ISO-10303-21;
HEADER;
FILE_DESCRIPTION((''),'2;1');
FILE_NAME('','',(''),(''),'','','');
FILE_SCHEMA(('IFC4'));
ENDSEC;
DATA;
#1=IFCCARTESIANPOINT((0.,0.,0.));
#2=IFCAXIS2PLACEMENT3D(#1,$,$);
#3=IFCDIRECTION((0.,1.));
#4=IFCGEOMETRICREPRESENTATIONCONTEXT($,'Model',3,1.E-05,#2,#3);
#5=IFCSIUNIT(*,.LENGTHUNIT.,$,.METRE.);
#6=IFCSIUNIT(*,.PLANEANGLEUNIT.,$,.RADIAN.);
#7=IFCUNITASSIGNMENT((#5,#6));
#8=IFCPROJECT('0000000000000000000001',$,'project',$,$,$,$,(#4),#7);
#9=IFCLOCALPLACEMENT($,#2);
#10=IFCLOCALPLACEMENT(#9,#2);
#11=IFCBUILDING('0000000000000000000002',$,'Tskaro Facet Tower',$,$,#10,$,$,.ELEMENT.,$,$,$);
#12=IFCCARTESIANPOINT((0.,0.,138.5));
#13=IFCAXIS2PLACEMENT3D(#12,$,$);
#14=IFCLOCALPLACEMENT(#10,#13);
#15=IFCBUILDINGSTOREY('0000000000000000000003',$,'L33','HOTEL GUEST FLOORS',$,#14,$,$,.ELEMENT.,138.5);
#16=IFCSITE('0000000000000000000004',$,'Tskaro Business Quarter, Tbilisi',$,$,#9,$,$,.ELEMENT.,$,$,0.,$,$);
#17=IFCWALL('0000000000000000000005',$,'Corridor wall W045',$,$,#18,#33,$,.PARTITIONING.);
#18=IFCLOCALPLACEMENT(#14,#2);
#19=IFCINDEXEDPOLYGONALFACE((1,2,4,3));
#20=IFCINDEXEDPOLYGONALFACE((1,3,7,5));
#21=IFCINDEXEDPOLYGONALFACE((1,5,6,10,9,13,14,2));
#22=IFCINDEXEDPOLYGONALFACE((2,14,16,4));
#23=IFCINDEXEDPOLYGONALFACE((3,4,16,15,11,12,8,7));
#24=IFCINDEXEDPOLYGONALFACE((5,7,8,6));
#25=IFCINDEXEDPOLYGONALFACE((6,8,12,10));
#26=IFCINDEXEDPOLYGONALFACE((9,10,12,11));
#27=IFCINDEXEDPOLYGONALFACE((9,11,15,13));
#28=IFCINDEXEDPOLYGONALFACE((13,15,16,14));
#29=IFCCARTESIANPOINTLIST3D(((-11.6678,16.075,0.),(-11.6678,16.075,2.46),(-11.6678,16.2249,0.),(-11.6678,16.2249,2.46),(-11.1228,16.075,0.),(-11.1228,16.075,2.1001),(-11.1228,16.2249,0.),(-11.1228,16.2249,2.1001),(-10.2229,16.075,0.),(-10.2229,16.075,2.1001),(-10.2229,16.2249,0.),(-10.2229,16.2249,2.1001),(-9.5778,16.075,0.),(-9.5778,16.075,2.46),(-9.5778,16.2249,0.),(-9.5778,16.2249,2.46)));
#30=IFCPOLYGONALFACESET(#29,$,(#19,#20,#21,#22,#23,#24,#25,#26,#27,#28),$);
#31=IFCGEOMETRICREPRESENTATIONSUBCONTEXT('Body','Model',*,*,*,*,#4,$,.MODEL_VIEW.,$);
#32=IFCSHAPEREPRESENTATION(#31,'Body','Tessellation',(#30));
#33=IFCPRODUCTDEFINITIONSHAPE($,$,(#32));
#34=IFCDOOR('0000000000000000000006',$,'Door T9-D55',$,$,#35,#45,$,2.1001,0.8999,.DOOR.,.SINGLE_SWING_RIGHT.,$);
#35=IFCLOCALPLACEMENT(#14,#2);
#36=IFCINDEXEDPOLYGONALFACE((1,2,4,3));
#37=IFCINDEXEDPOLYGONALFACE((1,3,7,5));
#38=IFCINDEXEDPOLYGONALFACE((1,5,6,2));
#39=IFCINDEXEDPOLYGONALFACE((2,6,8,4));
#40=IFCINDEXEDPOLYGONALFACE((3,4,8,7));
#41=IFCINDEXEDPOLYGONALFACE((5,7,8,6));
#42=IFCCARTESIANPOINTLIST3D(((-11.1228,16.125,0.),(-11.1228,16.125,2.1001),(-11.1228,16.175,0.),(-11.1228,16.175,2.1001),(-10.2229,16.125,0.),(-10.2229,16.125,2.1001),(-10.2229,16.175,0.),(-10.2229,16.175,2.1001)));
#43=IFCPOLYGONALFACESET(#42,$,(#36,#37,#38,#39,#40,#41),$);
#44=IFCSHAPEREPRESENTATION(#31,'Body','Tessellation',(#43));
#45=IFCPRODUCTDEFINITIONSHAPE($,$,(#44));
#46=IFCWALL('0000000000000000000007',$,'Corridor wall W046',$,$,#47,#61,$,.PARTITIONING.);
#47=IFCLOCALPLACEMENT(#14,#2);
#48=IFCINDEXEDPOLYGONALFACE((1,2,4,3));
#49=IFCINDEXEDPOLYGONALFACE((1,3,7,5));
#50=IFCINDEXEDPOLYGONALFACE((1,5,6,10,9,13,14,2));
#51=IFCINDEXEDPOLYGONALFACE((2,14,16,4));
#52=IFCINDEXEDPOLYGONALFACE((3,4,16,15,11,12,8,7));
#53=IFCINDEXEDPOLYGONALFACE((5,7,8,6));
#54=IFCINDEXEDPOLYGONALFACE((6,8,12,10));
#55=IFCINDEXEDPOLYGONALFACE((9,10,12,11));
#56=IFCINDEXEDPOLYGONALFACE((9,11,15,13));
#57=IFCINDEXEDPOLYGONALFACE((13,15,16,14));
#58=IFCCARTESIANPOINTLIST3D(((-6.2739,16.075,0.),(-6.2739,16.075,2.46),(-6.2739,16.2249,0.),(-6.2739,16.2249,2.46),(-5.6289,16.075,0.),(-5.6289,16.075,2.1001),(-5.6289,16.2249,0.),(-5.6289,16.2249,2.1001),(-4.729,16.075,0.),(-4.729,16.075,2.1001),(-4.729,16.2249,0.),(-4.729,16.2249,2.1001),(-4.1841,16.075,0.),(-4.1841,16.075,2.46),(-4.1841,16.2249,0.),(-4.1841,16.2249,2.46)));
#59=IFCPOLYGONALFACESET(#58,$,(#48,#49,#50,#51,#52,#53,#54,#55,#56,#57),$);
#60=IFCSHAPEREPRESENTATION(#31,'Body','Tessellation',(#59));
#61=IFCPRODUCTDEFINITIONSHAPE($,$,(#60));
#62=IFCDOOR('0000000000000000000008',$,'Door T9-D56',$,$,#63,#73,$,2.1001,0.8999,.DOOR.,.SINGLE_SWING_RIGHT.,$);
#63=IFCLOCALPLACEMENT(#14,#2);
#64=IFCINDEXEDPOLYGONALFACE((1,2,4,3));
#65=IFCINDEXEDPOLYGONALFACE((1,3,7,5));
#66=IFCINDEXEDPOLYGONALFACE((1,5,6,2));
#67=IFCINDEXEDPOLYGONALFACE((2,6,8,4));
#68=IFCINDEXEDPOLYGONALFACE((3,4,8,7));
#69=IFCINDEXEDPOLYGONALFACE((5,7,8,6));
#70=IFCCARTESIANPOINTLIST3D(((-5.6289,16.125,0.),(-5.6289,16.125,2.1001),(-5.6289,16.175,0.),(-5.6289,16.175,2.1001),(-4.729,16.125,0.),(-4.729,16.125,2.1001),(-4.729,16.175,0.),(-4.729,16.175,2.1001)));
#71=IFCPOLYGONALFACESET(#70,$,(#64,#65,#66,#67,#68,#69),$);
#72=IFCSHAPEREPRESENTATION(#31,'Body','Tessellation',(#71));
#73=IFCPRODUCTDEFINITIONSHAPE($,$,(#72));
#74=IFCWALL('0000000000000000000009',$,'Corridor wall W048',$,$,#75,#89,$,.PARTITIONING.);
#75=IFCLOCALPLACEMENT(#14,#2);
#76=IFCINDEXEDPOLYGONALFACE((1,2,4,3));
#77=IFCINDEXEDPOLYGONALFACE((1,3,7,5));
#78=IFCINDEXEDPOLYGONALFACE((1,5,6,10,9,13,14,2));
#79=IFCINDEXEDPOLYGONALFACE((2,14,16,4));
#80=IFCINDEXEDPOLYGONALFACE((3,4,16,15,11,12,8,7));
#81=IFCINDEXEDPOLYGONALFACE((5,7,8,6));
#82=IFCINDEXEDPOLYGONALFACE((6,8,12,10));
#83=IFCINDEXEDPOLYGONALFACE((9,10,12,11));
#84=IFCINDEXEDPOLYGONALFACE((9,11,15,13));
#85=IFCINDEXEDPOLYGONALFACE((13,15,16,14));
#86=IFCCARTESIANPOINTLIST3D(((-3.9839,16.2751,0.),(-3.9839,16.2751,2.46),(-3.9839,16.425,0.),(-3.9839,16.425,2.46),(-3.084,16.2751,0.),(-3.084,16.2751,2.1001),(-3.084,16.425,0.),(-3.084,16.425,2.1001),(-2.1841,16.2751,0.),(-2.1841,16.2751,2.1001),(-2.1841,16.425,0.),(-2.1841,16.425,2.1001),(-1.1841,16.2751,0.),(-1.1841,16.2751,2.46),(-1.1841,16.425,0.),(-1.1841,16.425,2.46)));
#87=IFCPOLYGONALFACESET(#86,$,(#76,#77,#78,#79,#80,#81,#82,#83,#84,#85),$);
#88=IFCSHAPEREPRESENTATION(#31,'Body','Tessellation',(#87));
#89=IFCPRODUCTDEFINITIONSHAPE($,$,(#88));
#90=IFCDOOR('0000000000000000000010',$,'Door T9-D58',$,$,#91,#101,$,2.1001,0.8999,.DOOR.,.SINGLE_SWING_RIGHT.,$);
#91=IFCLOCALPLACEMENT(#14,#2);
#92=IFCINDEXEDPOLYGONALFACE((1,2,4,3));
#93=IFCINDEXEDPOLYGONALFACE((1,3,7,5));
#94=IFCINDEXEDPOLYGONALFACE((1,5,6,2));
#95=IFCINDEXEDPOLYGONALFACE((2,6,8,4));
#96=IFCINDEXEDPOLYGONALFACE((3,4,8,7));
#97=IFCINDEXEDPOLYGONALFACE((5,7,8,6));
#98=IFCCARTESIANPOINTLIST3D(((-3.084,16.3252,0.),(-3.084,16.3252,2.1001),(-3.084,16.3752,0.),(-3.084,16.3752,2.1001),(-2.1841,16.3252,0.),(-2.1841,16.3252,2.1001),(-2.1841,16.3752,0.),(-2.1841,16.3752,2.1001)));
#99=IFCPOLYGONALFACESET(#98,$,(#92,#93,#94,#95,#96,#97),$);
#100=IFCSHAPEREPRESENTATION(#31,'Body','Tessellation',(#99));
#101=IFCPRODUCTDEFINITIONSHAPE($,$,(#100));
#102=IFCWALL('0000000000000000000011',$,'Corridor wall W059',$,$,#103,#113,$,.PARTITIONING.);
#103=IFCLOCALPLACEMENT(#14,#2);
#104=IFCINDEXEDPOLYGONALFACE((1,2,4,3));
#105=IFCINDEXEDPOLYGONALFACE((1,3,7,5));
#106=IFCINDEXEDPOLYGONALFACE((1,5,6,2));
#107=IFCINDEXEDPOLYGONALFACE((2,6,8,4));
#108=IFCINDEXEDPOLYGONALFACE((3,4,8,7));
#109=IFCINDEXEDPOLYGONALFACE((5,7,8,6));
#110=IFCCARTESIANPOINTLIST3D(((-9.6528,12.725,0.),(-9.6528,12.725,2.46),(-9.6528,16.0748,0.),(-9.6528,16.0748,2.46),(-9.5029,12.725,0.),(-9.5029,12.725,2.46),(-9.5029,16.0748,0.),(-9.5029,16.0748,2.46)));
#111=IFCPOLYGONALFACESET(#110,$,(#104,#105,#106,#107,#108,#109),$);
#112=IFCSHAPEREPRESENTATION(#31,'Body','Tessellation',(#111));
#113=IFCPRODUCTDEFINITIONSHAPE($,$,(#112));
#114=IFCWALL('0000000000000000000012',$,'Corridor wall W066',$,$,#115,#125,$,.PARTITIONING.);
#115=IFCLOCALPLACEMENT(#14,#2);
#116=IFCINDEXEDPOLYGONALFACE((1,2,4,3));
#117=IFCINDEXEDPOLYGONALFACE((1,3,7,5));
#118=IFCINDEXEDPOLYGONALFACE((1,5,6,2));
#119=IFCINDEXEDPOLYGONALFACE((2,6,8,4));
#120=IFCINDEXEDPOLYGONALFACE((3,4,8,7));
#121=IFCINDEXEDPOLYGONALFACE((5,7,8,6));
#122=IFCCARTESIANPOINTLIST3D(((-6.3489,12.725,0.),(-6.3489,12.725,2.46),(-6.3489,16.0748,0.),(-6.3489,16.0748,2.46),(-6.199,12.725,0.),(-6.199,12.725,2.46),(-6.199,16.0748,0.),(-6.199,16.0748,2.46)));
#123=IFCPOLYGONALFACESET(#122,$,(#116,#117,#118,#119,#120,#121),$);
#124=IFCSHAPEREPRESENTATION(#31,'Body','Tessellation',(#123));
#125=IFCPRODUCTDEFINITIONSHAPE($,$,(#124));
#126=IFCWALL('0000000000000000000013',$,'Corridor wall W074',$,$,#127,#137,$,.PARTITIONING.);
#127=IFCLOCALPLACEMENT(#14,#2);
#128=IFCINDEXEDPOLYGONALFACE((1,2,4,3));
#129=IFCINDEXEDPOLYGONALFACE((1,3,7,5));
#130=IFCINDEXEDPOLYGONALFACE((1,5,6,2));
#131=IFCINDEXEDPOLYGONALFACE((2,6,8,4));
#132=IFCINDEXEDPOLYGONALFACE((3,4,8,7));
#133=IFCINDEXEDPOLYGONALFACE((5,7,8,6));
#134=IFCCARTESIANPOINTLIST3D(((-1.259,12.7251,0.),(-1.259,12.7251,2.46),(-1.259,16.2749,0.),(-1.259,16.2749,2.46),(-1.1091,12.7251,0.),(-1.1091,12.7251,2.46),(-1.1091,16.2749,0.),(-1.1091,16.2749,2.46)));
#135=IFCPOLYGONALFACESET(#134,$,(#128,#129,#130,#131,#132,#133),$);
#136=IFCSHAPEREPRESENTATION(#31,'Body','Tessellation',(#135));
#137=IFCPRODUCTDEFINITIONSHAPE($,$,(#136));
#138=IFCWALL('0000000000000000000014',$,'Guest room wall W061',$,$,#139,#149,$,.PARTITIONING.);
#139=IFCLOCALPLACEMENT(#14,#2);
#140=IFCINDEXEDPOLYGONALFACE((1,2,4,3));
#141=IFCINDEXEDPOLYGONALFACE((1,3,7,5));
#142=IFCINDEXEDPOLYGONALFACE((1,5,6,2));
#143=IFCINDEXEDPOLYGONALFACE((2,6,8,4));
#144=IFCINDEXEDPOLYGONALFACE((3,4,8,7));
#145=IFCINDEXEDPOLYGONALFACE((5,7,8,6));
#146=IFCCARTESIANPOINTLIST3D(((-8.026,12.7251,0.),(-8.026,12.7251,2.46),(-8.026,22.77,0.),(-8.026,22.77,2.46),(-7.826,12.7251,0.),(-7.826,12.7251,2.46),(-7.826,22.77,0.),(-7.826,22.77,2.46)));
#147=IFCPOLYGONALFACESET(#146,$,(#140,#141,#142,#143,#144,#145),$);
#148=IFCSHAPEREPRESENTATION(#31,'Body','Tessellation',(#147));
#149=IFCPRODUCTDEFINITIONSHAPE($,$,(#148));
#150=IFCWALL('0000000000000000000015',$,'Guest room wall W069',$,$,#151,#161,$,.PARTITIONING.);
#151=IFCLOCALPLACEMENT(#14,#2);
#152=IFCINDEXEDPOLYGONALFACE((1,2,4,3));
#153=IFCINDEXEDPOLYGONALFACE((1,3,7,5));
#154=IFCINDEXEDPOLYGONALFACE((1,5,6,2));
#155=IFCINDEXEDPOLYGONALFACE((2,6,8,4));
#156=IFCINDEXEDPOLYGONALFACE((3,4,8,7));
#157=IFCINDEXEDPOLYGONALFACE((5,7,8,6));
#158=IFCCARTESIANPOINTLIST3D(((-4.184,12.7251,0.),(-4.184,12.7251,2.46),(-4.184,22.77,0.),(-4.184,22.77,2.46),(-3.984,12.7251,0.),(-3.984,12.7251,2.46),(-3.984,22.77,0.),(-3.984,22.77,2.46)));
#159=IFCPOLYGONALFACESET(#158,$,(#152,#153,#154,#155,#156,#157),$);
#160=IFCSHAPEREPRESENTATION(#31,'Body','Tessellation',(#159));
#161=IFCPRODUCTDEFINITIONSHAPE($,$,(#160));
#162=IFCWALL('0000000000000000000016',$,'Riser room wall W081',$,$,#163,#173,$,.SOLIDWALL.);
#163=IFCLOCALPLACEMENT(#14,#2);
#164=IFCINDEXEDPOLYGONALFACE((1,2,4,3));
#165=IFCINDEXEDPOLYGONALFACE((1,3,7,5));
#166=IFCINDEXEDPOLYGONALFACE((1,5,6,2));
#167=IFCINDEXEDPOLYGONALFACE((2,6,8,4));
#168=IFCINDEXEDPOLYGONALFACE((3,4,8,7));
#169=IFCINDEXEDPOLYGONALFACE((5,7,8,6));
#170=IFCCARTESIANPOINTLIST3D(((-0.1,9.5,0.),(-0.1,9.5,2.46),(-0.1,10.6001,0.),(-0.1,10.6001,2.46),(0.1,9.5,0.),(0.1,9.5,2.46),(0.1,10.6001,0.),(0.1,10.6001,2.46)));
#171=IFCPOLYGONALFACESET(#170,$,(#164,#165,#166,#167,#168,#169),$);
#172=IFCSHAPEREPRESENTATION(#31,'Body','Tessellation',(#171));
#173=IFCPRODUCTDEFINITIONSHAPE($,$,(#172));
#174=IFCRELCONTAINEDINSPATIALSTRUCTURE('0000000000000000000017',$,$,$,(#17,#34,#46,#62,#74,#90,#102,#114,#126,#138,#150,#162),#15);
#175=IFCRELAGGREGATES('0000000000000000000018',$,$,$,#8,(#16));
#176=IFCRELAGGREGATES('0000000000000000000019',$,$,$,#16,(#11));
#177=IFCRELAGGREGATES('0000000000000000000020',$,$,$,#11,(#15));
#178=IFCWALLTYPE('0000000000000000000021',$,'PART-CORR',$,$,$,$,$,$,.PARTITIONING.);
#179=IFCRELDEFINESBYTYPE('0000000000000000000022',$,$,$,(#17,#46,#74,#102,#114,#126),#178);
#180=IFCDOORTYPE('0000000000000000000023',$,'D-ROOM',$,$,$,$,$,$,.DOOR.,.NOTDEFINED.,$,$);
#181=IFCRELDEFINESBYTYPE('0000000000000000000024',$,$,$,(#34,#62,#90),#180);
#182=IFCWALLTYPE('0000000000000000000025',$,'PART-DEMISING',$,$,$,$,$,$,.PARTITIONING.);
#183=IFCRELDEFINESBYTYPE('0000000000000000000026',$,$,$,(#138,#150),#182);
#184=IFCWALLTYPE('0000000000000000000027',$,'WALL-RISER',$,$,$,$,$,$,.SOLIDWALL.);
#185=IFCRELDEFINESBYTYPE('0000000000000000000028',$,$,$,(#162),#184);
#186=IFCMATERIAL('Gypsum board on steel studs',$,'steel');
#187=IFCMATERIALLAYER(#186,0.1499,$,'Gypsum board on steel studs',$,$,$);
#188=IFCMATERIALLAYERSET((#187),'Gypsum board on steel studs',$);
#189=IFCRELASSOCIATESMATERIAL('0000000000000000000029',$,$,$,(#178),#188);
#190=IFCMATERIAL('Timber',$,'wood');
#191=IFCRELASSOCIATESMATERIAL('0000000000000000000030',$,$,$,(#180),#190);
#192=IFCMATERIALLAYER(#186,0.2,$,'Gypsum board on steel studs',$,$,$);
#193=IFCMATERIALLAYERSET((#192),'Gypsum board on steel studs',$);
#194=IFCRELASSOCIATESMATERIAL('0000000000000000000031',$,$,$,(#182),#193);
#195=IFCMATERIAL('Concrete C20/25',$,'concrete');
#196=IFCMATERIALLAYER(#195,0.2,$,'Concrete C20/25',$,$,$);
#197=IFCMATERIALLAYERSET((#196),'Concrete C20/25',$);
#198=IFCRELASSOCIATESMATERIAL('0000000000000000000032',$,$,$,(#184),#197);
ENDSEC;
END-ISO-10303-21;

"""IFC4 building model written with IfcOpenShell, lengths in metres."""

from ifc_helpers import new_model, si_unit, direction, frame, frame_2d, origin, place, context, subcontext, project, spatial, rectangle, extrude, material, layer, layer_set, type_object, element, fill, save


model = new_model("IFC4")

# Units and contexts
model_context = context("Model", 3, precision=1e-05, world=origin(), true_north=direction((0.0, 1.0)))
body_context = subcontext(model_context, "Body", "Model", "MODEL_VIEW")
ifc_project = project(units=[si_unit("LENGTHUNIT", "METRE"), si_unit("PLANEANGLEUNIT", "RADIAN")], contexts=[model_context])

# Site, building, storey
site_placement = place(None, origin())
site = spatial("IfcSite", under=ifc_project, at=site_placement, Name="Tskaro Business Quarter, Tbilisi", CompositionType="ELEMENT", RefElevation=0.0)
building_placement = place(site_placement, origin())
building = spatial("IfcBuilding", under=site, at=building_placement, Name="Tskaro Facet Tower", CompositionType="ELEMENT")
storey_placement = place(building_placement, frame((0.0, 0.0, 138.5)))
storey = spatial("IfcBuildingStorey", under=building, at=storey_placement, Name="L33", Description="HOTEL GUEST FLOORS", CompositionType="ELEMENT", Elevation=138.5)

# Shared definitions
ifc_material_1 = material(Name="Gypsum board on steel studs", Category="steel")
ifc_layer_1 = layer(ifc_material_1, 0.1499, Name="Gypsum board on steel studs")
ifc_layer_set_1 = layer_set([ifc_layer_1], Name="Gypsum board on steel studs")
wall_type_1 = type_object("IfcWallType", Name="PART-CORR", PredefinedType="PARTITIONING", material=ifc_layer_set_1)
ifc_material_2 = material(Name="Timber", Category="wood")
door_type_1 = type_object("IfcDoorType", Name="D-ROOM", OperationType="NOTDEFINED", PredefinedType="DOOR", material=ifc_material_2)

# Walls, openings, doors
wall_1_placement = place(storey_placement, frame((-9.5779, 16.1499, 0.0), z_axis=(0.0, 0.0, 1.0), x_axis=(-1.0, 0.0, 0.0)))
wall_1 = element("IfcWall", 1, at=wall_1_placement, inside=storey, type_object=wall_type_1, Name="Corridor wall W045", PredefinedType="PARTITIONING", context=body_context, shape_type="SweptSolid", body=[
    extrude(rectangle(XDim=2.0901, YDim=0.1499, at=frame_2d((1.0449, 0.0))), origin(), (0.0, 0.0, 1.0), 2.46),
])
opening_1_placement = place(wall_1_placement, frame((0.645, 0.0, 0.0)))
opening_1 = element("IfcOpeningElement", 2, at=opening_1_placement, cuts=wall_1, PredefinedType="OPENING", context=body_context, shape_type="SweptSolid", body=[
    extrude(rectangle(XDim=0.8999, YDim=2.1001, at=frame_2d((0.45, 1.05))), frame((0.0, 0.085, 0.0), z_axis=(0.0, -1.0, 0.0), x_axis=(1.0, 0.0, 0.0)), (0.0, 0.0, 1.0), 0.1699),
])
door_1_placement = place(opening_1_placement, origin())
door_1 = element("IfcDoor", 3, at=door_1_placement, inside=storey, type_object=door_type_1, Name="Door T9-D55", OperationType="SINGLE_SWING_RIGHT", OverallHeight=2.1001, OverallWidth=0.8999, PredefinedType="DOOR", context=body_context, shape_type="SweptSolid", body=[
    extrude(rectangle(XDim=0.8999, YDim=2.1001, at=frame_2d((0.45, 1.05))), frame((0.0, 0.0249, 0.0), z_axis=(0.0, -1.0, 0.0), x_axis=(1.0, 0.0, 0.0)), (0.0, 0.0, 1.0), 0.05),
])
fill(opening_1, door_1)
wall_2_placement = place(storey_placement, frame((-4.1841, 16.1499, 0.0), z_axis=(0.0, 0.0, 1.0), x_axis=(-1.0, 0.0, 0.0)))
wall_2 = element("IfcWall", 4, at=wall_2_placement, inside=storey, type_object=wall_type_1, Name="Corridor wall W046", PredefinedType="PARTITIONING", context=body_context, shape_type="SweptSolid", body=[
    extrude(rectangle(XDim=2.0898, YDim=0.1499, at=frame_2d((1.0449, 0.0))), origin(), (0.0, 0.0, 1.0), 2.46),
])
opening_2_placement = place(wall_2_placement, frame((0.5449, 0.0, 0.0)))
opening_2 = element("IfcOpeningElement", 5, at=opening_2_placement, cuts=wall_2, PredefinedType="OPENING", context=body_context, shape_type="SweptSolid", body=[
    extrude(rectangle(XDim=0.8999, YDim=2.1001, at=frame_2d((0.45, 1.05))), frame((0.0, 0.085, 0.0), z_axis=(0.0, -1.0, 0.0), x_axis=(1.0, 0.0, 0.0)), (0.0, 0.0, 1.0), 0.1699),
])
door_2_placement = place(opening_2_placement, origin())
door_2 = element("IfcDoor", 6, at=door_2_placement, inside=storey, type_object=door_type_1, Name="Door T9-D56", OperationType="SINGLE_SWING_RIGHT", OverallHeight=2.1001, OverallWidth=0.8999, PredefinedType="DOOR", context=body_context, shape_type="SweptSolid", body=[
    extrude(rectangle(XDim=0.8999, YDim=2.1001, at=frame_2d((0.45, 1.05))), frame((0.0, 0.0249, 0.0), z_axis=(0.0, -1.0, 0.0), x_axis=(1.0, 0.0, 0.0)), (0.0, 0.0, 1.0), 0.05),
])
fill(opening_2, door_2)
wall_3_placement = place(storey_placement, frame((-1.1841, 16.3501, 0.0), z_axis=(0.0, 0.0, 1.0), x_axis=(-1.0, 0.0, 0.0)))
wall_3 = element("IfcWall", 7, at=wall_3_placement, inside=storey, type_object=wall_type_1, Name="Corridor wall W048", PredefinedType="PARTITIONING", context=body_context, shape_type="SweptSolid", body=[
    extrude(rectangle(XDim=2.7998, YDim=0.1499, at=frame_2d((1.3999, 0.0))), origin(), (0.0, 0.0, 1.0), 2.46),
])
opening_3_placement = place(wall_3_placement, frame((1.0, 0.0, 0.0)))
opening_3 = element("IfcOpeningElement", 8, at=opening_3_placement, cuts=wall_3, PredefinedType="OPENING", context=body_context, shape_type="SweptSolid", body=[
    extrude(rectangle(XDim=0.8999, YDim=2.1001, at=frame_2d((0.45, 1.05))), frame((0.0, 0.085, 0.0), z_axis=(0.0, -1.0, 0.0), x_axis=(1.0, 0.0, 0.0)), (0.0, 0.0, 1.0), 0.1699),
])
door_3_placement = place(opening_3_placement, origin())
door_3 = element("IfcDoor", 9, at=door_3_placement, inside=storey, type_object=door_type_1, Name="Door T9-D58", OperationType="SINGLE_SWING_RIGHT", OverallHeight=2.1001, OverallWidth=0.8999, PredefinedType="DOOR", context=body_context, shape_type="SweptSolid", body=[
    extrude(rectangle(XDim=0.8999, YDim=2.1001, at=frame_2d((0.45, 1.05))), frame((0.0, 0.0249, 0.0), z_axis=(0.0, -1.0, 0.0), x_axis=(1.0, 0.0, 0.0)), (0.0, 0.0, 1.0), 0.05),
])
fill(opening_3, door_3)

# Walls
for number, where, z_axis, x_axis, name in (
    (10, (-9.5779, 12.7251, 0.0), (0.0, 0.0, 1.0), (0.0, 1.0, 0.0), "Corridor wall W059"),
    (11, (-6.2739, 12.7251, 0.0), (0.0, 0.0, 1.0), (0.0, 1.0, 0.0), "Corridor wall W066"),
):
    element("IfcWall", number, at=place(storey_placement, frame(where, z_axis=z_axis, x_axis=x_axis)), inside=storey, type_object=wall_type_1, Name=name, PredefinedType="PARTITIONING", context=body_context, shape_type="SweptSolid", body=[
        extrude(rectangle(XDim=3.3499, YDim=0.1499, at=frame_2d((1.6748, 0.0))), origin(), (0.0, 0.0, 1.0), 2.46),
    ])
wall_4_placement = place(storey_placement, frame((-1.1841, 12.7251, 0.0), z_axis=(0.0, 0.0, 1.0), x_axis=(0.0, 1.0, 0.0)))
element("IfcWall", 12, at=wall_4_placement, inside=storey, type_object=wall_type_1, Name="Corridor wall W074", PredefinedType="PARTITIONING", context=body_context, shape_type="SweptSolid", body=[
    extrude(rectangle(XDim=3.5498, YDim=0.1499, at=frame_2d((1.7749, 0.0))), origin(), (0.0, 0.0, 1.0), 2.46),
])
ifc_layer_2 = layer(ifc_material_1, 0.2, Name="Gypsum board on steel studs")
ifc_layer_set_2 = layer_set([ifc_layer_2], Name="Gypsum board on steel studs")
wall_type_2 = type_object("IfcWallType", Name="PART-DEMISING", PredefinedType="PARTITIONING", material=ifc_layer_set_2)
for number, where, z_axis, x_axis, name in (
    (13, (-7.926, 12.7251, 0.0), (0.0, 0.0, 1.0), (0.0, 1.0, 0.0), "Guest room wall W061"),
    (14, (-4.084, 12.7251, 0.0), (0.0, 0.0, 1.0), (0.0, 1.0, 0.0), "Guest room wall W069"),
):
    element("IfcWall", number, at=place(storey_placement, frame(where, z_axis=z_axis, x_axis=x_axis)), inside=storey, type_object=wall_type_2, Name=name, PredefinedType="PARTITIONING", context=body_context, shape_type="SweptSolid", body=[
        extrude(rectangle(XDim=10.0449, YDim=0.2, at=frame_2d((5.0225, 0.0))), origin(), (0.0, 0.0, 1.0), 2.46),
    ])
ifc_material_3 = material(Name="Concrete C20/25", Category="concrete")
ifc_layer_3 = layer(ifc_material_3, 0.2, Name="Concrete C20/25")
ifc_layer_set_3 = layer_set([ifc_layer_3], Name="Concrete C20/25")
wall_type_3 = type_object("IfcWallType", Name="WALL-RISER", PredefinedType="SOLIDWALL", material=ifc_layer_set_3)
wall_5_placement = place(storey_placement, frame((0.0, 9.5, 0.0), z_axis=(0.0, 0.0, 1.0), x_axis=(0.0, 1.0, 0.0)))
element("IfcWall", 15, at=wall_5_placement, inside=storey, type_object=wall_type_3, Name="Riser room wall W081", PredefinedType="SOLIDWALL", context=body_context, shape_type="SweptSolid", body=[
    extrude(rectangle(XDim=1.1001, YDim=0.2, at=frame_2d((0.55, 0.0))), origin(), (0.0, 0.0, 1.0), 2.46),
])

save(model, "model.ifc")
